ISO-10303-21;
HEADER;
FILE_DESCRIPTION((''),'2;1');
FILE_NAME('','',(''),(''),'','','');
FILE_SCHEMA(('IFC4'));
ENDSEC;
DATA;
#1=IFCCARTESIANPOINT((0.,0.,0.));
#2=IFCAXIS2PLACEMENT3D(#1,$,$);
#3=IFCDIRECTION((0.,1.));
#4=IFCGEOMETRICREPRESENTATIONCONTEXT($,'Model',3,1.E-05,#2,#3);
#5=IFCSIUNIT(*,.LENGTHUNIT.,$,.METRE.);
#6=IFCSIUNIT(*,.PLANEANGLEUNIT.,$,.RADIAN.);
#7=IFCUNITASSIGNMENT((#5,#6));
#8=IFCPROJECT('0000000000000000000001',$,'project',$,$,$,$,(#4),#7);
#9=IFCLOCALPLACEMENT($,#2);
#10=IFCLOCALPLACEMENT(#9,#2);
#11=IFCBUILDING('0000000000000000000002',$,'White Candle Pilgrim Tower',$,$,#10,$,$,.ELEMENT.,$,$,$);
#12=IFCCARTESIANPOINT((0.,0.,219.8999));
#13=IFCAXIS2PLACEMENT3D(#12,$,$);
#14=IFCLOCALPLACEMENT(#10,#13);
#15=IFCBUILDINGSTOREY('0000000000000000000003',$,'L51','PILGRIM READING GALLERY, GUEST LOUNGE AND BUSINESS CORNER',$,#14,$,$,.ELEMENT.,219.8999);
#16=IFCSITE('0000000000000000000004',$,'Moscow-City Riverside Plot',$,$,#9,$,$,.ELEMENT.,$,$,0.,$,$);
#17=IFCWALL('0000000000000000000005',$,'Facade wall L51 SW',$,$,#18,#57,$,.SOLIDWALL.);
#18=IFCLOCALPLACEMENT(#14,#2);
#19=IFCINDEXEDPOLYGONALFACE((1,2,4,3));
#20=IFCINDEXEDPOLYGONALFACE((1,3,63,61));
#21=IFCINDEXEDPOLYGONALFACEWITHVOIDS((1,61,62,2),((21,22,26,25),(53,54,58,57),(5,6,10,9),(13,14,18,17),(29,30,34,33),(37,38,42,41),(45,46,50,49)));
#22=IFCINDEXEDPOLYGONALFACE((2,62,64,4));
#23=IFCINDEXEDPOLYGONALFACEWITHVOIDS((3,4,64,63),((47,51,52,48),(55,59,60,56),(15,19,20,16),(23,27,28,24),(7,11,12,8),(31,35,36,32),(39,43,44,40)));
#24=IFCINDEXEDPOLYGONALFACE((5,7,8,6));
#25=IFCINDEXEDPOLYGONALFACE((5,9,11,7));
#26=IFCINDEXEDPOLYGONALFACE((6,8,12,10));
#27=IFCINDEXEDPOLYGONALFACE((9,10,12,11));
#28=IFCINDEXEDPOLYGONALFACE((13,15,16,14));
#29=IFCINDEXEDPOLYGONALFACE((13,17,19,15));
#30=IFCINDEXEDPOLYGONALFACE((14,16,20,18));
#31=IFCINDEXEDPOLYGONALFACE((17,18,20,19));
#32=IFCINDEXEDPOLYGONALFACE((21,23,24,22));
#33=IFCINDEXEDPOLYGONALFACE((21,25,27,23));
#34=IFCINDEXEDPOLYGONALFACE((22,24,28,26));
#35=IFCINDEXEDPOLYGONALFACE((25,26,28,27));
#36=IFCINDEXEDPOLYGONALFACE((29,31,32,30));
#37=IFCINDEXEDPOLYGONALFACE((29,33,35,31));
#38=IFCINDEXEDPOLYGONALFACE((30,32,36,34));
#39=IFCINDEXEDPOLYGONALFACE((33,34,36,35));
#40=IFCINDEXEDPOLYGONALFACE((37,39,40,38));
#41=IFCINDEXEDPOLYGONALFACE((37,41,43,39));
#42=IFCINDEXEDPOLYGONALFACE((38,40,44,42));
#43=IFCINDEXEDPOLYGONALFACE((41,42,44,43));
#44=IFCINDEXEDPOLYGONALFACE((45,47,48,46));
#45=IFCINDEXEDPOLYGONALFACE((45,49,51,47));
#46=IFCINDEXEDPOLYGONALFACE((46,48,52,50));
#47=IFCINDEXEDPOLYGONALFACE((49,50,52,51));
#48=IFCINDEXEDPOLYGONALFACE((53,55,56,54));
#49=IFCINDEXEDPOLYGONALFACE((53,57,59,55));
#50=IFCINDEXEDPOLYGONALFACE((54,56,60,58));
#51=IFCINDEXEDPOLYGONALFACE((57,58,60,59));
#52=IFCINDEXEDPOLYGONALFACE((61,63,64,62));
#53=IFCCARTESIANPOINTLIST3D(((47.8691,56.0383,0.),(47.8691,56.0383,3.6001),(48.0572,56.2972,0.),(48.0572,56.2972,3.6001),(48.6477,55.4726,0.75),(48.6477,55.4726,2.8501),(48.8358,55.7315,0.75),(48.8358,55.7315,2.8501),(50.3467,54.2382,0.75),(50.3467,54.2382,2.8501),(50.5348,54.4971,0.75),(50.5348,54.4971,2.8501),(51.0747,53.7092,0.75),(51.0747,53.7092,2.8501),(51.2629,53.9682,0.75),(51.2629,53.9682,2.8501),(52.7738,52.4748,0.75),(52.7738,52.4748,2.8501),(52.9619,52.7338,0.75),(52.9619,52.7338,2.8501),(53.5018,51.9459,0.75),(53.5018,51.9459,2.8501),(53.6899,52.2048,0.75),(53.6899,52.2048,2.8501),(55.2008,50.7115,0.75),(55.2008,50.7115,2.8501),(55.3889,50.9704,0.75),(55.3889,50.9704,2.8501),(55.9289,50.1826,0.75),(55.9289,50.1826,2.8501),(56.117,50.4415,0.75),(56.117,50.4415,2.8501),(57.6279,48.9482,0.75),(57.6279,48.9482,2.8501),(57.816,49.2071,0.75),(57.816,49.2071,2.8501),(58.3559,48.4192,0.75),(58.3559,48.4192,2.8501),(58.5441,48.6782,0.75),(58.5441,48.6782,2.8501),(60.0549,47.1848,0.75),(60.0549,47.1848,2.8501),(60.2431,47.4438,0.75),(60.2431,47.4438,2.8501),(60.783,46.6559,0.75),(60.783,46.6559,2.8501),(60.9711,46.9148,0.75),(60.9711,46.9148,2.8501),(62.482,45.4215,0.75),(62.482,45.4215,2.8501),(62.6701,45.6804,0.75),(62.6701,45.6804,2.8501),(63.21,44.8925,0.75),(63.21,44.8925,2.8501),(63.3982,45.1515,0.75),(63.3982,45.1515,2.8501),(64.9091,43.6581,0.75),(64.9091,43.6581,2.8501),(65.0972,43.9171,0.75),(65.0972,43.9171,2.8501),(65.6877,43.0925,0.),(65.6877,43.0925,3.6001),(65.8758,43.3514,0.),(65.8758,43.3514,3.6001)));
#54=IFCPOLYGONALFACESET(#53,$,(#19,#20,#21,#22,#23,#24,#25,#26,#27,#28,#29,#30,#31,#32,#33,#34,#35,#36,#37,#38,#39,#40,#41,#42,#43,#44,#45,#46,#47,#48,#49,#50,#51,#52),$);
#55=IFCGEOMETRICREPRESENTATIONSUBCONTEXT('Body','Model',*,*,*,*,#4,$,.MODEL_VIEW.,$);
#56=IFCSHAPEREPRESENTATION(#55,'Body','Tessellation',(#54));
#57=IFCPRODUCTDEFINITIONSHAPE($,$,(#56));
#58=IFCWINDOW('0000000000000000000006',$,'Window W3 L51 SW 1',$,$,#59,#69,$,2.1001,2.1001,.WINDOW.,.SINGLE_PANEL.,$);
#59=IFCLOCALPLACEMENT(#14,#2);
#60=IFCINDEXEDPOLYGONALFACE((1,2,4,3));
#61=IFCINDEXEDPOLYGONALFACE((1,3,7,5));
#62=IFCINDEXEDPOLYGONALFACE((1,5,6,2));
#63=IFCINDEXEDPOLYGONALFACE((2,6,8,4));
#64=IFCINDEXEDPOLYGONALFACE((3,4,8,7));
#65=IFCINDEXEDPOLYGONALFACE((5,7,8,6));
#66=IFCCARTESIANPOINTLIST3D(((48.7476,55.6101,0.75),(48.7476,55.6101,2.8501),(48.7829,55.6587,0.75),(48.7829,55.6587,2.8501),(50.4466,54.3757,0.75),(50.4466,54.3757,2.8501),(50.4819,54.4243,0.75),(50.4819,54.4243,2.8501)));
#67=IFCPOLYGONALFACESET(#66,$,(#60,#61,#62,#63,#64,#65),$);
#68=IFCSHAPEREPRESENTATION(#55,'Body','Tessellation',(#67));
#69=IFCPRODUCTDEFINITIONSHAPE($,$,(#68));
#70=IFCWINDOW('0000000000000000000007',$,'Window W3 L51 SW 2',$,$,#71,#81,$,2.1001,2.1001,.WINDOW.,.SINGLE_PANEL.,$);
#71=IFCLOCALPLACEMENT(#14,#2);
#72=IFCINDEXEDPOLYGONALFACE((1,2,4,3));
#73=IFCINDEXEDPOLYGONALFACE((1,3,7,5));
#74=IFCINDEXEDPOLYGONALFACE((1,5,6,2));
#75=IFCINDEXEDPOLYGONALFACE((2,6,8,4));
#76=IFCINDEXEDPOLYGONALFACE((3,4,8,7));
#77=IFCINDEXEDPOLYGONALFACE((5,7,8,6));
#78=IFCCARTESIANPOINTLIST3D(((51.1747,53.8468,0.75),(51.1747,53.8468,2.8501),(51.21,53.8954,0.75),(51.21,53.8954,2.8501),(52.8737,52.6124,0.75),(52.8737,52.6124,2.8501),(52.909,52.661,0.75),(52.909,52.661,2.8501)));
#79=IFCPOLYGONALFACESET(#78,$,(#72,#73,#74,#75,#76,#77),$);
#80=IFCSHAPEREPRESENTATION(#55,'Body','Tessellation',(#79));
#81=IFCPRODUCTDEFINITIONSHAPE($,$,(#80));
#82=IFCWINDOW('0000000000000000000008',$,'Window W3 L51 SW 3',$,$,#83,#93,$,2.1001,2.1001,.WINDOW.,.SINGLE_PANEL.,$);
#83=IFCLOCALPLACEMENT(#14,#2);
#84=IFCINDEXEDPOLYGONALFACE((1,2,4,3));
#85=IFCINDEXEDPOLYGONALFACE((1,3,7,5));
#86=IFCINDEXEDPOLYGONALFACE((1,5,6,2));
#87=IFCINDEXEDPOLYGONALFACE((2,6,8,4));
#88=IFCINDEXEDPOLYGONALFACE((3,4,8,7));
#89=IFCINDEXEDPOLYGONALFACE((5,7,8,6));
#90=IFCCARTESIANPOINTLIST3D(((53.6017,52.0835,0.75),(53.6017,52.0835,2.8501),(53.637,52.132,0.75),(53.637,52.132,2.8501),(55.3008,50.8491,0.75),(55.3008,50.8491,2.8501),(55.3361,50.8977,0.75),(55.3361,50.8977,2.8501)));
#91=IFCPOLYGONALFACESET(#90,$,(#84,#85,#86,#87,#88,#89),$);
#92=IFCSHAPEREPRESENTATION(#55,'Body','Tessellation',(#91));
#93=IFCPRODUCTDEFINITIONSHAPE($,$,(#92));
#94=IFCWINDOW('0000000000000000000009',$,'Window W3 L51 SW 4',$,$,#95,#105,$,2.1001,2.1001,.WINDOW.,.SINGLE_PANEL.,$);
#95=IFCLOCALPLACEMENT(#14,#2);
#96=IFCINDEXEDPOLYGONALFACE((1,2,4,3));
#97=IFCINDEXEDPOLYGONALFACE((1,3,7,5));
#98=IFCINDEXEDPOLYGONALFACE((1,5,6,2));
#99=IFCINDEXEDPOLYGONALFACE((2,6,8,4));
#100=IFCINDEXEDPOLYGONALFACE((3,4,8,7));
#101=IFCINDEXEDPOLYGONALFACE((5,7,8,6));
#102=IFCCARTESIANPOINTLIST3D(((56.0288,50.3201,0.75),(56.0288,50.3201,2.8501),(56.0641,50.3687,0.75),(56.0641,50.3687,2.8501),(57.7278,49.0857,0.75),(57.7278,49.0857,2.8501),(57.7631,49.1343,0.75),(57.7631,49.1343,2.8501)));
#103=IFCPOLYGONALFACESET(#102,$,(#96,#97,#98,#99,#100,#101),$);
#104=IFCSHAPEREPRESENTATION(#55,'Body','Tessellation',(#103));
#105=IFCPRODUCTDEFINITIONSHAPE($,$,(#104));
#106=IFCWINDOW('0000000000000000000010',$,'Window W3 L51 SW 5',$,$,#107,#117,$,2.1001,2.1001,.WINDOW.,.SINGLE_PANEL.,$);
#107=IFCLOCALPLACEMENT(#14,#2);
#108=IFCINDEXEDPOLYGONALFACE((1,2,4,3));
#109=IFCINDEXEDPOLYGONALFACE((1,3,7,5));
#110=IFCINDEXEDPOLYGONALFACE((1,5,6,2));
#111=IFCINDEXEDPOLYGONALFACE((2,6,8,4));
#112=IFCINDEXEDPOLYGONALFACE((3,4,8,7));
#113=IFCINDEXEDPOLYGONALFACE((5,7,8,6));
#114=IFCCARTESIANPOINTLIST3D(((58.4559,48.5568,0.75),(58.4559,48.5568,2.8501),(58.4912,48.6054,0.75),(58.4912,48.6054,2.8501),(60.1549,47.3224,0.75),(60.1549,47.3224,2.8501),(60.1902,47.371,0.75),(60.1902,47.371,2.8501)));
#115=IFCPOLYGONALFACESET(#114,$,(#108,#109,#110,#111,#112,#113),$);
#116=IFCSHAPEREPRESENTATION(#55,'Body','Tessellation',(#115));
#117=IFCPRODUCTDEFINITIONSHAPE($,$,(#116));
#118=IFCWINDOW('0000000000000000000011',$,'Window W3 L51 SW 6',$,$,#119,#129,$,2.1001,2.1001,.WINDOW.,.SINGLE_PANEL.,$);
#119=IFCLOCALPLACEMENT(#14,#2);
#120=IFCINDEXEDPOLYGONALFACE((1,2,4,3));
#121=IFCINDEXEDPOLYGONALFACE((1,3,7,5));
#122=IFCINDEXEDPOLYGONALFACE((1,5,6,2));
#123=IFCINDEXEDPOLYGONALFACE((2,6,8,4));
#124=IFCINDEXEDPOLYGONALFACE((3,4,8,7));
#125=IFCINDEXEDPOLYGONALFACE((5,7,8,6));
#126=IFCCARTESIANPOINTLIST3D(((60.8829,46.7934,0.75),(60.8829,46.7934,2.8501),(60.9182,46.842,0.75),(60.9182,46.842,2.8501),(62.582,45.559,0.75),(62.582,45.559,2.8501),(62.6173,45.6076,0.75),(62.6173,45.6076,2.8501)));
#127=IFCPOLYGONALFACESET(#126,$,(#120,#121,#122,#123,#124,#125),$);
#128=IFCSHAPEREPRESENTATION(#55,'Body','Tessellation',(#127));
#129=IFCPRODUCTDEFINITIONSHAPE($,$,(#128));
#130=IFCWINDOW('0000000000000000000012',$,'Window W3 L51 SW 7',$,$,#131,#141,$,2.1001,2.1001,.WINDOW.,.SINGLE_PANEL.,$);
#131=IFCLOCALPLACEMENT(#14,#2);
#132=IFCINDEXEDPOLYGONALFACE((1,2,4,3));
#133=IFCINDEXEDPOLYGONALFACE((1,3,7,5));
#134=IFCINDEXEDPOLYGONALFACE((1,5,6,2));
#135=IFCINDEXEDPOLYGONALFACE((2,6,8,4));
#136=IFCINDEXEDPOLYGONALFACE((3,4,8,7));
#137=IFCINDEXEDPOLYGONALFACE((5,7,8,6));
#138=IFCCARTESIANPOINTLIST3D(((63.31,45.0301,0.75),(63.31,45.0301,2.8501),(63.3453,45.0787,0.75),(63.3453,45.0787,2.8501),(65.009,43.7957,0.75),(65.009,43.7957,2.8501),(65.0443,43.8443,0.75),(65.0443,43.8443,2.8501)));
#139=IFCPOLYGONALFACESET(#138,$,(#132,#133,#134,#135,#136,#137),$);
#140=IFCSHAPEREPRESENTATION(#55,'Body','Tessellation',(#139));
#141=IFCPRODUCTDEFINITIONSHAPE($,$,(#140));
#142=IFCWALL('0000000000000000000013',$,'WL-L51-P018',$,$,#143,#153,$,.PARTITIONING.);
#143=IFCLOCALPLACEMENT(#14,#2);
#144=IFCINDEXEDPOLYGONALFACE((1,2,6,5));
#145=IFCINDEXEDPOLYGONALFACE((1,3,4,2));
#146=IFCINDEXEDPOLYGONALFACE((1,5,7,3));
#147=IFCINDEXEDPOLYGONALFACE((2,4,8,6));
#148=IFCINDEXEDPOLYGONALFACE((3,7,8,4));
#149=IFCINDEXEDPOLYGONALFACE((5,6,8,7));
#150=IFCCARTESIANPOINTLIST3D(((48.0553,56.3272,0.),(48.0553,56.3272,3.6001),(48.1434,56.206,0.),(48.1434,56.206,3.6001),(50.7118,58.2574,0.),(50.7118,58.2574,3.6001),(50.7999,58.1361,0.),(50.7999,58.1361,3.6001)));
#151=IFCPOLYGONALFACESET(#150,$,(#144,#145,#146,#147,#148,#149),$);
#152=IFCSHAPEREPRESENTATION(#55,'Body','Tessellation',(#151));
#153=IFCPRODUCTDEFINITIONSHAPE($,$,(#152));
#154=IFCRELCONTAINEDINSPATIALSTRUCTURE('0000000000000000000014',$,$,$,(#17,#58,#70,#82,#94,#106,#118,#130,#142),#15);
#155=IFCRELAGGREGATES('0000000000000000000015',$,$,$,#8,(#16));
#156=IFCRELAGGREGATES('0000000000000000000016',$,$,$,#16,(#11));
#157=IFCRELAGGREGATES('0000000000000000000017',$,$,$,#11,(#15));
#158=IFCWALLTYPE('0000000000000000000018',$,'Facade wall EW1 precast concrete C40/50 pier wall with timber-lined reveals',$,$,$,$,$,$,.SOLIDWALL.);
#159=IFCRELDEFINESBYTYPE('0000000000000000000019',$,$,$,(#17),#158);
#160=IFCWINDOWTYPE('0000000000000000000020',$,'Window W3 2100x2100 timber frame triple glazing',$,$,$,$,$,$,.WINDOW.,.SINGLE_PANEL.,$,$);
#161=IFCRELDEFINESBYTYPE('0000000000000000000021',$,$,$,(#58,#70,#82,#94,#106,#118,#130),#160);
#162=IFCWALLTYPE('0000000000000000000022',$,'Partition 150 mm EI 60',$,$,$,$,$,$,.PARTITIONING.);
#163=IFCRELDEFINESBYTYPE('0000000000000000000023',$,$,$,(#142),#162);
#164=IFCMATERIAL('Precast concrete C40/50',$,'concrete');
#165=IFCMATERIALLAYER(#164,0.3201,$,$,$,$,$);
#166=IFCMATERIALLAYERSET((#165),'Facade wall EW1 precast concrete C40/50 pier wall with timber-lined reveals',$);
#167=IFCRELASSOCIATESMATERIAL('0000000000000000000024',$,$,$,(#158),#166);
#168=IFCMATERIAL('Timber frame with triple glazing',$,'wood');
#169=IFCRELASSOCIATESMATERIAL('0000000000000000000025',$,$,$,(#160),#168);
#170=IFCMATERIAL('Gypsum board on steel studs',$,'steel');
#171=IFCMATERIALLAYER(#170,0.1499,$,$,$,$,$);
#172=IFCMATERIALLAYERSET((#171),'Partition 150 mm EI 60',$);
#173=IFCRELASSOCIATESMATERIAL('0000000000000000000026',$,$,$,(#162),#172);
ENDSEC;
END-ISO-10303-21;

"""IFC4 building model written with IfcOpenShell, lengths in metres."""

from ifc_helpers import new_model, si_unit, direction, frame, frame_2d, origin, place, context, subcontext, project, spatial, rectangle, extrude, material, layer, layer_set, type_object, element, fill, save


model = new_model("IFC4")

# Units and contexts
model_context = context("Model", 3, precision=1e-05, world=origin(), true_north=direction((0.0, 1.0)))
body_context = subcontext(model_context, "Body", "Model", "MODEL_VIEW")
ifc_project = project(units=[si_unit("LENGTHUNIT", "METRE"), si_unit("PLANEANGLEUNIT", "RADIAN")], contexts=[model_context])

# Site, building, storey
site_placement = place(None, origin())
site = spatial("IfcSite", under=ifc_project, at=site_placement, Name="Moscow-City Riverside Plot", CompositionType="ELEMENT", RefElevation=0.0)
building_placement = place(site_placement, origin())
building = spatial("IfcBuilding", under=site, at=building_placement, Name="White Candle Pilgrim Tower", CompositionType="ELEMENT")
storey_placement = place(building_placement, frame((0.0, 0.0, 219.8999)))
storey = spatial("IfcBuildingStorey", under=building, at=storey_placement, Name="L51", Description="PILGRIM READING GALLERY, GUEST LOUNGE AND BUSINESS CORNER", CompositionType="ELEMENT", Elevation=219.8999)

# Wall, openings, windows
ifc_material_1 = material(Name="Precast concrete C40/50", Category="concrete")
ifc_layer_1 = layer(ifc_material_1, 0.3201)
ifc_layer_set_1 = layer_set([ifc_layer_1], Name="Facade wall EW1 precast concrete C40/50 pier wall with timber-lined reveals")
wall_type_1 = type_object("IfcWallType", Name="Facade wall EW1 precast concrete C40/50 pier wall with timber-lined reveals", PredefinedType="SOLIDWALL", material=ifc_layer_set_1)
wall_1_placement = place(storey_placement, frame((47.9631, 56.1677, 0.0), z_axis=(0.0, 0.0, 1.0), x_axis=(0.809021, -0.58778, 0.0)))
wall_1 = element("IfcWall", 1, at=wall_1_placement, inside=storey, type_object=wall_type_1, Name="Facade wall L51 SW", PredefinedType="SOLIDWALL", context=body_context, shape_type="SweptSolid", body=[
    extrude(rectangle(XDim=22.0249, YDim=0.3201, at=frame_2d((11.0125, 0.0))), origin(), (0.0, 0.0, 1.0), 3.6001),
])
opening_1_placement = place(wall_1_placement, frame((0.9624, 0.0, 0.75)))
opening_1 = element("IfcOpeningElement", 2, at=opening_1_placement, cuts=wall_1, PredefinedType="OPENING", context=body_context, shape_type="SweptSolid", body=[
    extrude(rectangle(XDim=2.1001, YDim=2.1001, at=frame_2d((1.05, 1.05))), frame((0.0, 0.1699, 0.0), z_axis=(0.0, -1.0, 0.0), x_axis=(1.0, 0.0, 0.0)), (0.0, 0.0, 1.0), 0.3401),
])
opening_2_placement = place(wall_1_placement, frame((3.9624, 0.0, 0.75)))
opening_2 = element("IfcOpeningElement", 3, at=opening_2_placement, cuts=wall_1, PredefinedType="OPENING", context=body_context, shape_type="SweptSolid", body=[
    extrude(rectangle(XDim=2.1001, YDim=2.1001, at=frame_2d((1.05, 1.05))), frame((0.0, 0.1699, 0.0), z_axis=(0.0, -1.0, 0.0), x_axis=(1.0, 0.0, 0.0)), (0.0, 0.0, 1.0), 0.3401),
])
opening_3_placement = place(wall_1_placement, frame((6.9624, 0.0, 0.75)))
opening_3 = element("IfcOpeningElement", 4, at=opening_3_placement, cuts=wall_1, PredefinedType="OPENING", context=body_context, shape_type="SweptSolid", body=[
    extrude(rectangle(XDim=2.1001, YDim=2.1001, at=frame_2d((1.05, 1.05))), frame((0.0, 0.1699, 0.0), z_axis=(0.0, -1.0, 0.0), x_axis=(1.0, 0.0, 0.0)), (0.0, 0.0, 1.0), 0.3401),
])
opening_4_placement = place(wall_1_placement, frame((9.9624, 0.0, 0.75)))
opening_4 = element("IfcOpeningElement", 5, at=opening_4_placement, cuts=wall_1, PredefinedType="OPENING", context=body_context, shape_type="SweptSolid", body=[
    extrude(rectangle(XDim=2.1001, YDim=2.1001, at=frame_2d((1.05, 1.05))), frame((0.0, 0.1699, 0.0), z_axis=(0.0, -1.0, 0.0), x_axis=(1.0, 0.0, 0.0)), (0.0, 0.0, 1.0), 0.3401),
])
opening_5_placement = place(wall_1_placement, frame((12.9624, 0.0, 0.75)))
opening_5 = element("IfcOpeningElement", 6, at=opening_5_placement, cuts=wall_1, PredefinedType="OPENING", context=body_context, shape_type="SweptSolid", body=[
    extrude(rectangle(XDim=2.1001, YDim=2.1001, at=frame_2d((1.05, 1.05))), frame((0.0, 0.1699, 0.0), z_axis=(0.0, -1.0, 0.0), x_axis=(1.0, 0.0, 0.0)), (0.0, 0.0, 1.0), 0.3401),
])
opening_6_placement = place(wall_1_placement, frame((15.9624, 0.0, 0.75)))
opening_6 = element("IfcOpeningElement", 7, at=opening_6_placement, cuts=wall_1, PredefinedType="OPENING", context=body_context, shape_type="SweptSolid", body=[
    extrude(rectangle(XDim=2.1001, YDim=2.1001, at=frame_2d((1.05, 1.05))), frame((0.0, 0.1699, 0.0), z_axis=(0.0, -1.0, 0.0), x_axis=(1.0, 0.0, 0.0)), (0.0, 0.0, 1.0), 0.3401),
])
opening_7_placement = place(wall_1_placement, frame((18.9624, 0.0, 0.75)))
opening_7 = element("IfcOpeningElement", 8, at=opening_7_placement, cuts=wall_1, PredefinedType="OPENING", context=body_context, shape_type="SweptSolid", body=[
    extrude(rectangle(XDim=2.1001, YDim=2.1001, at=frame_2d((1.05, 1.05))), frame((0.0, 0.1699, 0.0), z_axis=(0.0, -1.0, 0.0), x_axis=(1.0, 0.0, 0.0)), (0.0, 0.0, 1.0), 0.3401),
])
ifc_material_2 = material(Name="Timber frame with triple glazing", Category="wood")
window_type = type_object("IfcWindowType", Name="Window W3 2100x2100 timber frame triple glazing", PartitioningType="SINGLE_PANEL", PredefinedType="WINDOW", material=ifc_material_2)
window_1_placement = place(opening_1_placement, origin())
window_1 = element("IfcWindow", 9, at=window_1_placement, inside=storey, type_object=window_type, Name="Window W3 L51 SW 1", OverallHeight=2.1001, OverallWidth=2.1001, PartitioningType="SINGLE_PANEL", PredefinedType="WINDOW", context=body_context, shape_type="SweptSolid", body=[
    extrude(rectangle(XDim=2.1001, YDim=2.1001, at=frame_2d((1.05, 1.05))), frame((0.0, 0.0701, 0.0), z_axis=(0.0, -1.0, 0.0), x_axis=(1.0, 0.0, 0.0)), (0.0, 0.0, 1.0), 0.0601),
])
fill(opening_1, window_1)
window_2_placement = place(opening_2_placement, origin())
window_2 = element("IfcWindow", 10, at=window_2_placement, inside=storey, type_object=window_type, Name="Window W3 L51 SW 2", OverallHeight=2.1001, OverallWidth=2.1001, PartitioningType="SINGLE_PANEL", PredefinedType="WINDOW", context=body_context, shape_type="SweptSolid", body=[
    extrude(rectangle(XDim=2.1001, YDim=2.1001, at=frame_2d((1.05, 1.05))), frame((0.0, 0.0701, 0.0), z_axis=(0.0, -1.0, 0.0), x_axis=(1.0, 0.0, 0.0)), (0.0, 0.0, 1.0), 0.0601),
])
fill(opening_2, window_2)
window_3_placement = place(opening_3_placement, origin())
window_3 = element("IfcWindow", 11, at=window_3_placement, inside=storey, type_object=window_type, Name="Window W3 L51 SW 3", OverallHeight=2.1001, OverallWidth=2.1001, PartitioningType="SINGLE_PANEL", PredefinedType="WINDOW", context=body_context, shape_type="SweptSolid", body=[
    extrude(rectangle(XDim=2.1001, YDim=2.1001, at=frame_2d((1.05, 1.05))), frame((0.0, 0.0701, 0.0), z_axis=(0.0, -1.0, 0.0), x_axis=(1.0, 0.0, 0.0)), (0.0, 0.0, 1.0), 0.0601),
])
fill(opening_3, window_3)
window_4_placement = place(opening_4_placement, origin())
window_4 = element("IfcWindow", 12, at=window_4_placement, inside=storey, type_object=window_type, Name="Window W3 L51 SW 4", OverallHeight=2.1001, OverallWidth=2.1001, PartitioningType="SINGLE_PANEL", PredefinedType="WINDOW", context=body_context, shape_type="SweptSolid", body=[
    extrude(rectangle(XDim=2.1001, YDim=2.1001, at=frame_2d((1.05, 1.05))), frame((0.0, 0.0701, 0.0), z_axis=(0.0, -1.0, 0.0), x_axis=(1.0, 0.0, 0.0)), (0.0, 0.0, 1.0), 0.0601),
])
fill(opening_4, window_4)
window_5_placement = place(opening_5_placement, origin())
window_5 = element("IfcWindow", 13, at=window_5_placement, inside=storey, type_object=window_type, Name="Window W3 L51 SW 5", OverallHeight=2.1001, OverallWidth=2.1001, PartitioningType="SINGLE_PANEL", PredefinedType="WINDOW", context=body_context, shape_type="SweptSolid", body=[
    extrude(rectangle(XDim=2.1001, YDim=2.1001, at=frame_2d((1.05, 1.05))), frame((0.0, 0.0701, 0.0), z_axis=(0.0, -1.0, 0.0), x_axis=(1.0, 0.0, 0.0)), (0.0, 0.0, 1.0), 0.0601),
])
fill(opening_5, window_5)
window_6_placement = place(opening_6_placement, origin())
window_6 = element("IfcWindow", 14, at=window_6_placement, inside=storey, type_object=window_type, Name="Window W3 L51 SW 6", OverallHeight=2.1001, OverallWidth=2.1001, PartitioningType="SINGLE_PANEL", PredefinedType="WINDOW", context=body_context, shape_type="SweptSolid", body=[
    extrude(rectangle(XDim=2.1001, YDim=2.1001, at=frame_2d((1.05, 1.05))), frame((0.0, 0.0701, 0.0), z_axis=(0.0, -1.0, 0.0), x_axis=(1.0, 0.0, 0.0)), (0.0, 0.0, 1.0), 0.0601),
])
fill(opening_6, window_6)
window_7_placement = place(opening_7_placement, origin())
window_7 = element("IfcWindow", 15, at=window_7_placement, inside=storey, type_object=window_type, Name="Window W3 L51 SW 7", OverallHeight=2.1001, OverallWidth=2.1001, PartitioningType="SINGLE_PANEL", PredefinedType="WINDOW", context=body_context, shape_type="SweptSolid", body=[
    extrude(rectangle(XDim=2.1001, YDim=2.1001, at=frame_2d((1.05, 1.05))), frame((0.0, 0.0701, 0.0), z_axis=(0.0, -1.0, 0.0), x_axis=(1.0, 0.0, 0.0)), (0.0, 0.0, 1.0), 0.0601),
])
fill(opening_7, window_7)

# Wall
ifc_material_3 = material(Name="Gypsum board on steel studs", Category="steel")
ifc_layer_2 = layer(ifc_material_3, 0.1499)
ifc_layer_set_2 = layer_set([ifc_layer_2], Name="Partition 150 mm EI 60")
wall_type_2 = type_object("IfcWallType", Name="Partition 150 mm EI 60", PredefinedType="PARTITIONING", material=ifc_layer_set_2)
wall_2_placement = place(storey_placement, frame((48.0994, 56.2666, 0.0), z_axis=(0.0, 0.0, 1.0), x_axis=(0.809, 0.587809, 0.0)))
element("IfcWall", 16, at=wall_2_placement, inside=storey, type_object=wall_type_2, Name="WL-L51-P018", PredefinedType="PARTITIONING", context=body_context, shape_type="SweptSolid", body=[
    extrude(rectangle(XDim=3.2837, YDim=0.1499, at=frame_2d((1.6418, 0.0))), origin(), (0.0, 0.0, 1.0), 3.6001),
])

save(model, "model.ifc")
